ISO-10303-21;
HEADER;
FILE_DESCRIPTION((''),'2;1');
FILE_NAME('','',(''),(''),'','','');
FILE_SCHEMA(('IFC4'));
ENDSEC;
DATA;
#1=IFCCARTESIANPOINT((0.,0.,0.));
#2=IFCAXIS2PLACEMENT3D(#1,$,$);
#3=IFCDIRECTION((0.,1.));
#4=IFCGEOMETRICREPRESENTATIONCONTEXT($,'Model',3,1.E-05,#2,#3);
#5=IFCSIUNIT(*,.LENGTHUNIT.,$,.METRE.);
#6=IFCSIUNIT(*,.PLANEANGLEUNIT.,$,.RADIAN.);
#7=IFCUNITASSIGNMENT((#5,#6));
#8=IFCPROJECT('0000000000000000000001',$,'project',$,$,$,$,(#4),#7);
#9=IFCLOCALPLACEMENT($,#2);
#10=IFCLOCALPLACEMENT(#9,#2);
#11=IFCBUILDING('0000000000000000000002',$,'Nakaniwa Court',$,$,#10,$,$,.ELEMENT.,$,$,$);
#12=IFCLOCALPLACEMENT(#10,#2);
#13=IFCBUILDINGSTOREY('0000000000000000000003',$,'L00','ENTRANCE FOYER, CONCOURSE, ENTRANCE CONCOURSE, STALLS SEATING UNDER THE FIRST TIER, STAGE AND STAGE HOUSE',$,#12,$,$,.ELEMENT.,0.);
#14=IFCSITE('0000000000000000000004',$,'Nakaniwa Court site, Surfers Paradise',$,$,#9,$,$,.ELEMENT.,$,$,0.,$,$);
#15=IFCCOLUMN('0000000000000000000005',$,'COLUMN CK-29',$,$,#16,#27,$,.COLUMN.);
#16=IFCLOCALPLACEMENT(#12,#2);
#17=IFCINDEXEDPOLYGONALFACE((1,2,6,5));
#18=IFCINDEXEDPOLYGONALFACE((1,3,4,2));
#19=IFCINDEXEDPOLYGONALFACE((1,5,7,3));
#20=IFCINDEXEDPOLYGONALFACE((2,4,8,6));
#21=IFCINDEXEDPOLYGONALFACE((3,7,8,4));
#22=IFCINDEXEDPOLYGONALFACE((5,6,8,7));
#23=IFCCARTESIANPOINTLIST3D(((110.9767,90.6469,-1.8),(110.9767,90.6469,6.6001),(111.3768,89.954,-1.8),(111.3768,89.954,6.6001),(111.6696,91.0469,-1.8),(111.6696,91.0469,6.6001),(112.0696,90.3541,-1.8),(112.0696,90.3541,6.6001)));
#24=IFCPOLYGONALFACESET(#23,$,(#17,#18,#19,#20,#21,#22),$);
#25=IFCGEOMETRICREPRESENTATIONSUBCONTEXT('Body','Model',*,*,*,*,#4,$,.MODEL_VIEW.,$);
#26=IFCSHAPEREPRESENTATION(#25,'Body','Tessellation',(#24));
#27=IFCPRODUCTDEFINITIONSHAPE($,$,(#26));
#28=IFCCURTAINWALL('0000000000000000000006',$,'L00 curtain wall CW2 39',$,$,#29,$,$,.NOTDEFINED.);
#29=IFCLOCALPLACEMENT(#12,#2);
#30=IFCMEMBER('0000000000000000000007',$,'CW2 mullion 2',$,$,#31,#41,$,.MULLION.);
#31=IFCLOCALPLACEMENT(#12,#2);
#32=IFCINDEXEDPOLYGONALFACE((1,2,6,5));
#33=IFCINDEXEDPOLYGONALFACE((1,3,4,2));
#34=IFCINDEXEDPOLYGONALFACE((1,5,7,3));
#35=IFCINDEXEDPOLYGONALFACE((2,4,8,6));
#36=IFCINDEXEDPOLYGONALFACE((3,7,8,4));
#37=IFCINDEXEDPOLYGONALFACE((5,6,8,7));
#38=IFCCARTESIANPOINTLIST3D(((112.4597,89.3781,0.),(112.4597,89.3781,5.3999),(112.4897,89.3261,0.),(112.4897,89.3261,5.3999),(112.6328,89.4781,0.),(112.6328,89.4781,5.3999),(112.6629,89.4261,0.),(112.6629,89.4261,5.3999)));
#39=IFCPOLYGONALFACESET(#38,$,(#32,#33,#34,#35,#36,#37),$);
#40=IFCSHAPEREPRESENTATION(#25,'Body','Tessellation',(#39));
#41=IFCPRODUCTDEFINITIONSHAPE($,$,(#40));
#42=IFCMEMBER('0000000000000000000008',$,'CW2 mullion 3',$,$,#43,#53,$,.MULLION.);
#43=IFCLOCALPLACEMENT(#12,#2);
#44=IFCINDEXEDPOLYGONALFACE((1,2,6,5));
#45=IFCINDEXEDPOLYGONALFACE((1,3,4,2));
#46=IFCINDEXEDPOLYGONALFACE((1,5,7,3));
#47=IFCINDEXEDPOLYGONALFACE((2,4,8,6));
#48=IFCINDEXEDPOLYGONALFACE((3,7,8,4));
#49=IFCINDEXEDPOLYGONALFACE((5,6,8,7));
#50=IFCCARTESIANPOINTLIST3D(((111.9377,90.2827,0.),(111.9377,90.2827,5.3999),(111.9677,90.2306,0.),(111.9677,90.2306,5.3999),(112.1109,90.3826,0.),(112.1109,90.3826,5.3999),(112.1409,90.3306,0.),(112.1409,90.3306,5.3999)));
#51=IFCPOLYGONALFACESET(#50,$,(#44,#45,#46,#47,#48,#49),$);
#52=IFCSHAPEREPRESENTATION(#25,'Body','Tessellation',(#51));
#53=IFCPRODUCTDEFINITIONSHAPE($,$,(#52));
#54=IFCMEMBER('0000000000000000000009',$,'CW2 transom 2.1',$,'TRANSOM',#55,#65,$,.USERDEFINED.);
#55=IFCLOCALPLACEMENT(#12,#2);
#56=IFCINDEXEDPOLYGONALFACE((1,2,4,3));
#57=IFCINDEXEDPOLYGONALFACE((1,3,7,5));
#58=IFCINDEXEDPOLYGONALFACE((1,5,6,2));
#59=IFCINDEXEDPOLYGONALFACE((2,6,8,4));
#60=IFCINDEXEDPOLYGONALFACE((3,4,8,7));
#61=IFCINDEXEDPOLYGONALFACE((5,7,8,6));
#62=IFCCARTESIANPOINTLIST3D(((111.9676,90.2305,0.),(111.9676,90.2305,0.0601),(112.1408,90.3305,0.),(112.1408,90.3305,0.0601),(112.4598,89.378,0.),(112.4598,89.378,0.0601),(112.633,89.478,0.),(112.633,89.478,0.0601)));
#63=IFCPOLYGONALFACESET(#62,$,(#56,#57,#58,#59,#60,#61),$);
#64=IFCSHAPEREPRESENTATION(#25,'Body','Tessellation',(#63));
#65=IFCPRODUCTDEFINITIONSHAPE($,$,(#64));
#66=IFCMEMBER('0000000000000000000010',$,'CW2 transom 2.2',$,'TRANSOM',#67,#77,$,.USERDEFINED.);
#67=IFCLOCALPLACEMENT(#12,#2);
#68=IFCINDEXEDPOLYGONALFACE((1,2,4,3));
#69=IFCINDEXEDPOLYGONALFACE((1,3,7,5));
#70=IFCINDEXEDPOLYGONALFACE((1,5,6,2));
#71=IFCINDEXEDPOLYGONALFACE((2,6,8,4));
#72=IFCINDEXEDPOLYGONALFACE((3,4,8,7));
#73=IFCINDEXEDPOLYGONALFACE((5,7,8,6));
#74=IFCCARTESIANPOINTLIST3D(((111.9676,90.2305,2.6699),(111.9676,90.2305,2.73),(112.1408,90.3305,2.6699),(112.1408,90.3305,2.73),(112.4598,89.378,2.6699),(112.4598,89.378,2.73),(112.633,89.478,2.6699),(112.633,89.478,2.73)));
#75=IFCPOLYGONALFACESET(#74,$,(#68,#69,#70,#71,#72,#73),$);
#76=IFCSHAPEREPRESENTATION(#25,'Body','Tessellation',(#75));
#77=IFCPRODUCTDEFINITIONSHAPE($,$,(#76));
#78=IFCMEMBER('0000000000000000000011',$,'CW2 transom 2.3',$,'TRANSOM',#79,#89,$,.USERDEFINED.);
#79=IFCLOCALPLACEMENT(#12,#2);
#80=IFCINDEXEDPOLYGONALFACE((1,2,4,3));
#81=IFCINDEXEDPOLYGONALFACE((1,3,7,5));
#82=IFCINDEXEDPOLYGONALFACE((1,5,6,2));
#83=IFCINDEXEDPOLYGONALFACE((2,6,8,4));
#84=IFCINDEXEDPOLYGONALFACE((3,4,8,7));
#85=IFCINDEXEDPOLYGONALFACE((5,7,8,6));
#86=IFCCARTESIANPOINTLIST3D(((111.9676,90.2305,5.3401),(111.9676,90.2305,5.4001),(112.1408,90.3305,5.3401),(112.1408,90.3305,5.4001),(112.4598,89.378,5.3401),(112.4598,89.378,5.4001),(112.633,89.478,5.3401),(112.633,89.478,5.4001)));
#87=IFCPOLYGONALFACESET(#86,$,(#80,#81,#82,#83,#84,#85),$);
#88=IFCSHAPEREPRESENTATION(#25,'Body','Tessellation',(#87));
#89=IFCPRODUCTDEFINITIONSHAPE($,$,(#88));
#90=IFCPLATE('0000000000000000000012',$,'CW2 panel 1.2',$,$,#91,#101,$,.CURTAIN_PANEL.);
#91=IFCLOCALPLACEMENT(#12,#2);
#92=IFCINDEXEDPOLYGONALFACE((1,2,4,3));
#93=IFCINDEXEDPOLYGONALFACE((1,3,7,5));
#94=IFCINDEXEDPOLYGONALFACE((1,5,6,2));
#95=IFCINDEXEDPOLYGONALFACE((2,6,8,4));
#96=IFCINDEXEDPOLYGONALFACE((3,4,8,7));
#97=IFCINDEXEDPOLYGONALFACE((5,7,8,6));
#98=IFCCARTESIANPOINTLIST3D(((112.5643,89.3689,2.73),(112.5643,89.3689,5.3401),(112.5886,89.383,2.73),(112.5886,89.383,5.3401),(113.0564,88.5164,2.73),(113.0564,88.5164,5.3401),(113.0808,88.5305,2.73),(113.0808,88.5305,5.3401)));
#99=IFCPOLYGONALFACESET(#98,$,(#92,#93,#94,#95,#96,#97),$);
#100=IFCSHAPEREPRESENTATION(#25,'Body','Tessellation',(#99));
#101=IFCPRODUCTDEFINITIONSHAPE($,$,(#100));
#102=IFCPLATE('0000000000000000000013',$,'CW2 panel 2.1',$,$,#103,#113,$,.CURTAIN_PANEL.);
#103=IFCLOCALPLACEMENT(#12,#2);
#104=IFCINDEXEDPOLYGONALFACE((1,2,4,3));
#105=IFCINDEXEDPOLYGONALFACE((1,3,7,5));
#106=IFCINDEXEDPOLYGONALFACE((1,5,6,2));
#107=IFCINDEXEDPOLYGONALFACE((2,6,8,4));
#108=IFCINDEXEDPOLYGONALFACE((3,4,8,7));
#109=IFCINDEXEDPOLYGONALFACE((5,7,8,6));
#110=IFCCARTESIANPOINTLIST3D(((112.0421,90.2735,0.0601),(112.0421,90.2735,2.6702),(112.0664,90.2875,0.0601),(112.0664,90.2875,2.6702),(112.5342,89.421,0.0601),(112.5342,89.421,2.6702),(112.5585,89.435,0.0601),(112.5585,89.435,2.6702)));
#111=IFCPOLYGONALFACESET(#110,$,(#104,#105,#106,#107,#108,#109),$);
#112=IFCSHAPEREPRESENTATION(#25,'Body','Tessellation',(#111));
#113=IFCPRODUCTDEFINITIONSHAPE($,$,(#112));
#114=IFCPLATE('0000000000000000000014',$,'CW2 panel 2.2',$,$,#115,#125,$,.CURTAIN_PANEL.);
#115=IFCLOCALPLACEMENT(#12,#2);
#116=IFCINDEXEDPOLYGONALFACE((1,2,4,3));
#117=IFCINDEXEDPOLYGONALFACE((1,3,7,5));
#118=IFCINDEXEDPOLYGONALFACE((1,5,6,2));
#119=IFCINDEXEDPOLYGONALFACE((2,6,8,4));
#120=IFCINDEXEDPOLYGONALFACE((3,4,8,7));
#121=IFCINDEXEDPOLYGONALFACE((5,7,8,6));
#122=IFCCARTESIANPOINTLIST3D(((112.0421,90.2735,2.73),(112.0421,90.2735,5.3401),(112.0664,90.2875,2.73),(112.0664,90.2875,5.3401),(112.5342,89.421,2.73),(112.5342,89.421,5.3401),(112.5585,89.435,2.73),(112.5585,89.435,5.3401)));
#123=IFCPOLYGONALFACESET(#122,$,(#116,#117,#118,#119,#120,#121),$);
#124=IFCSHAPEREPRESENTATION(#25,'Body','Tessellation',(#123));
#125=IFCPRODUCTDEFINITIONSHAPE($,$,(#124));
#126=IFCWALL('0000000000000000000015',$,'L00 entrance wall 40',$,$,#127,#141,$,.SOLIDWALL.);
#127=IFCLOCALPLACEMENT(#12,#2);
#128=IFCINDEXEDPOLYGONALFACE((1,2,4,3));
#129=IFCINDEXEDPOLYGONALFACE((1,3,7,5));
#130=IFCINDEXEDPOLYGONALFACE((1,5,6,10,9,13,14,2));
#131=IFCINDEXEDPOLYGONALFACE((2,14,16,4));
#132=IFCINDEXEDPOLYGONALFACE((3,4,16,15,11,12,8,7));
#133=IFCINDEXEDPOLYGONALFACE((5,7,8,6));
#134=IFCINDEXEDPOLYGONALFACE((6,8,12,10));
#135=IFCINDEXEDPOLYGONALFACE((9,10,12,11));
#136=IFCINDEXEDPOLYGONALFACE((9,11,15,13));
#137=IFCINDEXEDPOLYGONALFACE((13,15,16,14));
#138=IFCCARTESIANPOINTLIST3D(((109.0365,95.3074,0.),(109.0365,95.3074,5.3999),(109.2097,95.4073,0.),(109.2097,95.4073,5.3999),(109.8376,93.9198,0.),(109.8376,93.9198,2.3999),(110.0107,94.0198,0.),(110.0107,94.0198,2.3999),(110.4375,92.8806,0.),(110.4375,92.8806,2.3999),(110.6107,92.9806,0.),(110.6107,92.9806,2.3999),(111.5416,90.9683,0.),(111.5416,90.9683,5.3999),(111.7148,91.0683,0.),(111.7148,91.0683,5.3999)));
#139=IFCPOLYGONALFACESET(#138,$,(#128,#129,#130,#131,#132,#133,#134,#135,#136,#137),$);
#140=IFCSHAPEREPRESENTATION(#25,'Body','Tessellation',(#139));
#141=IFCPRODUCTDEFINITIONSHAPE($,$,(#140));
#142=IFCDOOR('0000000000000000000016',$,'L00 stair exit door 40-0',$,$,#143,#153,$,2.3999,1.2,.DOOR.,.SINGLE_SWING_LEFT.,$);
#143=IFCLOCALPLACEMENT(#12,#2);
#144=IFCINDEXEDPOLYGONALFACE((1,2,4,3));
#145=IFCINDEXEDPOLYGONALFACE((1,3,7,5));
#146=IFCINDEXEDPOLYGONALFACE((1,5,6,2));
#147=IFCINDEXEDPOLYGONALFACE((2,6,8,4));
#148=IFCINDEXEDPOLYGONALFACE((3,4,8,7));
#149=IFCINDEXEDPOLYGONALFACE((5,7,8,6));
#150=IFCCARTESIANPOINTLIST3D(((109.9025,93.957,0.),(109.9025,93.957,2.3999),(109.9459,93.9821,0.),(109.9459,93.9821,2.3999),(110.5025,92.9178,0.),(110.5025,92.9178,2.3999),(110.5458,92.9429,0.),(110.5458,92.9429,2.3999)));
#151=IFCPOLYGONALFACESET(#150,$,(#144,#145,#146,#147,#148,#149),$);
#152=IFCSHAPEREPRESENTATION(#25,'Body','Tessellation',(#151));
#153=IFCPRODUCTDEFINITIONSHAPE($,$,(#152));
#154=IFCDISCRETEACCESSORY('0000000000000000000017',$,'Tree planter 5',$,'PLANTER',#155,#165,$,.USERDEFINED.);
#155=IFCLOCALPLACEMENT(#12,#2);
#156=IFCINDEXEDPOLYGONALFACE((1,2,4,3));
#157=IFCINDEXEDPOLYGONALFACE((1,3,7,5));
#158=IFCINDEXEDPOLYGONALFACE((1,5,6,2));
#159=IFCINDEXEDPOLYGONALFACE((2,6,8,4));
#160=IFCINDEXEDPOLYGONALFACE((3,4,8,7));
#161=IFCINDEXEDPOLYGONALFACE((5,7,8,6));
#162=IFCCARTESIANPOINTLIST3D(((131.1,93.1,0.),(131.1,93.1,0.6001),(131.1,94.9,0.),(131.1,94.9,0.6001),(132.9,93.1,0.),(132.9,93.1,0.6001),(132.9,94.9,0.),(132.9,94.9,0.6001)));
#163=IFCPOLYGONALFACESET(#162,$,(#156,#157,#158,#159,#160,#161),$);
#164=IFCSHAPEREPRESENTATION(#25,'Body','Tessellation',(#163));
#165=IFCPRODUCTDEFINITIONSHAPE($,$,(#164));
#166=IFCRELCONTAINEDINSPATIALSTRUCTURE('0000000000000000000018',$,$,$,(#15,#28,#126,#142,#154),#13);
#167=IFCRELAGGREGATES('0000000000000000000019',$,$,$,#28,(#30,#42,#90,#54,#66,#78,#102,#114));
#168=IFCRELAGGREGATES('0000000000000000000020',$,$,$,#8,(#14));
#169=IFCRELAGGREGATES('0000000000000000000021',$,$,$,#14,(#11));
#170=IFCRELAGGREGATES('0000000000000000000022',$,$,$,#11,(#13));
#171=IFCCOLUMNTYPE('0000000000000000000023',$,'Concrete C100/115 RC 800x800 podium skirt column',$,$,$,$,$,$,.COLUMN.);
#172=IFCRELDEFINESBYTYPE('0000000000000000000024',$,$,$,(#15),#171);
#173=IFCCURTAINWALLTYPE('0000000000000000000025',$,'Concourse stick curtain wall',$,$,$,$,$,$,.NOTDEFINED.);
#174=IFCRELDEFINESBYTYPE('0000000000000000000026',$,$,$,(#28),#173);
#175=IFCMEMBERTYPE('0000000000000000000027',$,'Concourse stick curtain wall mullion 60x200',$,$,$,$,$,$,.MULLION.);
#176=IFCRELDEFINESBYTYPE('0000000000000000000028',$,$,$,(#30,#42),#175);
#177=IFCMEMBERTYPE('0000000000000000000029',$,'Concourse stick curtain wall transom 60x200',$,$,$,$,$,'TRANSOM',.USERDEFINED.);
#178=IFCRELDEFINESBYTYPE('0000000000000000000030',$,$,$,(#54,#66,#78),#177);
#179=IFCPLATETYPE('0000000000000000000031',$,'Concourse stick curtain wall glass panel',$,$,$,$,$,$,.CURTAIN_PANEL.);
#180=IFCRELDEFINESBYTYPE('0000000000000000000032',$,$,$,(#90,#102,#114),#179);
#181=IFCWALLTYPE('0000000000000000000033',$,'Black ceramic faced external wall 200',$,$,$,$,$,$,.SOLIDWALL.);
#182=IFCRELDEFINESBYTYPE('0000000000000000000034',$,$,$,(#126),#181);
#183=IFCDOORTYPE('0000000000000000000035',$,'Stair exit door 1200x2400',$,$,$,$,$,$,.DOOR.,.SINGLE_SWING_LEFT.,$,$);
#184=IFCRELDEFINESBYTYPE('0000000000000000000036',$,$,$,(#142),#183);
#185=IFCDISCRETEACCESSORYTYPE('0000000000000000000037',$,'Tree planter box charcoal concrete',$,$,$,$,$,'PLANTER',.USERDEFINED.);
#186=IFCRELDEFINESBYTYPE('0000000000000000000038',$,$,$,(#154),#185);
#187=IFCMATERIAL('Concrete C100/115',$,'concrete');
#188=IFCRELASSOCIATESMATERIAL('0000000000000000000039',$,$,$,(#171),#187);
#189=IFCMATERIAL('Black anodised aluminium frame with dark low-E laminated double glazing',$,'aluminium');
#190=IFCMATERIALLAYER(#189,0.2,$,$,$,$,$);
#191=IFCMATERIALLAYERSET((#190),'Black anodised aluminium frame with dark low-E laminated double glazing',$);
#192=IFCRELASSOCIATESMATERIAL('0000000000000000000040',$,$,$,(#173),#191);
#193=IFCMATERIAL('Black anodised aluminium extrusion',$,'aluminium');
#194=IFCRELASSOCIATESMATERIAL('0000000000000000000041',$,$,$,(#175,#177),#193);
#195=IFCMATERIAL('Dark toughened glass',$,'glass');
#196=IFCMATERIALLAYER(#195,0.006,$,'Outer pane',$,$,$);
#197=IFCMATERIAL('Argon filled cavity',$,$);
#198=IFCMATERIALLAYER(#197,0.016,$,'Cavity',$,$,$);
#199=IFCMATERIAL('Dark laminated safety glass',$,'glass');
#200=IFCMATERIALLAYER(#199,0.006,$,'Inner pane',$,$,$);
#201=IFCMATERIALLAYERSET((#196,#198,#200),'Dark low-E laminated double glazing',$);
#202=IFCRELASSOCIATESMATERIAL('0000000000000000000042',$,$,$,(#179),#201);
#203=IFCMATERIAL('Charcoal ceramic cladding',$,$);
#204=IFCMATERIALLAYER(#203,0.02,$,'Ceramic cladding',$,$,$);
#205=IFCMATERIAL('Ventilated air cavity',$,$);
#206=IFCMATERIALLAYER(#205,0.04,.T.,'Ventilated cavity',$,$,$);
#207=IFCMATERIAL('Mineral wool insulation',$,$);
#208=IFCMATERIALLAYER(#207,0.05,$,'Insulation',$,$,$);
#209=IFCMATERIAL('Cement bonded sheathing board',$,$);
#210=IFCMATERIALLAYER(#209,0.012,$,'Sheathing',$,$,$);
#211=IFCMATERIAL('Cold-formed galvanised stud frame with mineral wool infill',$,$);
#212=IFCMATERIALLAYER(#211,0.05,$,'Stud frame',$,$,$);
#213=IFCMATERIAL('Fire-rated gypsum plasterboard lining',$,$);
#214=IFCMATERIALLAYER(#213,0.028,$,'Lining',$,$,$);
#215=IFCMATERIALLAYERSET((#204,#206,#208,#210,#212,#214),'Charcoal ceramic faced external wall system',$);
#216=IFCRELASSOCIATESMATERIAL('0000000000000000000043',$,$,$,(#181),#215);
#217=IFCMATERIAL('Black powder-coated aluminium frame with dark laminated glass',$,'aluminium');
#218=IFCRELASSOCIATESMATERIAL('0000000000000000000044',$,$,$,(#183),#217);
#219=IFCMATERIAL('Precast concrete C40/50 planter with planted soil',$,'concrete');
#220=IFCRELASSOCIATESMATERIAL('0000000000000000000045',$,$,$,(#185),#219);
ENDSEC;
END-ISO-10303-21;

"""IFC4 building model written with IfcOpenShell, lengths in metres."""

from ifc_helpers import new_model, si_unit, direction, frame, frame_2d, origin, origin_2d, place, context, subcontext, project, spatial, rectangle, extrude, material, layer, layer_set, material_profile, profile_set, type_object, element, fill, aggregate, save


model = new_model("IFC4")

# Units and contexts
model_context = context("Model", 3, precision=1e-05, world=origin(), true_north=direction((0.0, 1.0)))
body_context = subcontext(model_context, "Body", "Model", "MODEL_VIEW")
ifc_project = project(units=[si_unit("LENGTHUNIT", "METRE"), si_unit("PLANEANGLEUNIT", "RADIAN")], contexts=[model_context])

# Site, building, storey
site_placement = place(None, origin())
site = spatial("IfcSite", under=ifc_project, at=site_placement, Name="Nakaniwa Court site, Surfers Paradise", CompositionType="ELEMENT", RefElevation=0.0)
building_placement = place(site_placement, origin())
building = spatial("IfcBuilding", under=site, at=building_placement, Name="Nakaniwa Court", CompositionType="ELEMENT")
storey_placement = place(building_placement, origin())
storey = spatial("IfcBuildingStorey", under=building, at=storey_placement, Name="L00", Description="ENTRANCE FOYER, CONCOURSE, ENTRANCE CONCOURSE, STALLS SEATING UNDER THE FIRST TIER, STAGE AND STAGE HOUSE", CompositionType="ELEMENT", Elevation=0.0)

# Column
ifc_material_1 = material(Name="Concrete C100/115", Category="concrete")
ifc_material_profile_1 = material_profile(ifc_material_1, rectangle(XDim=0.8, YDim=0.8, at=origin_2d()), Name="Concrete C100/115 RC 800x800 podium skirt column")
ifc_profile_set_1 = profile_set([ifc_material_profile_1], Name="Concrete C100/115")
column_type = type_object("IfcColumnType", Name="Concrete C100/115 RC 800x800 podium skirt column", PredefinedType="COLUMN", material=ifc_profile_set_1)
column_placement = place(storey_placement, frame((111.5232, 90.5005, -1.8), z_axis=(0.0, 0.0, 1.0), x_axis=(-0.5, 0.866025, 0.0)))
element("IfcColumn", 1, at=column_placement, inside=storey, type_object=column_type, Name="COLUMN CK-29", PredefinedType="COLUMN", context=body_context, shape_type="SweptSolid", body=[
    extrude(rectangle(XDim=0.8, YDim=0.8, at=origin_2d()), origin(), (0.0, 0.0, 1.0), 8.4001),
])

# Curtain wall, members, plates
ifc_material_2 = material(Name="Black anodised aluminium frame with dark low-E laminated double glazing", Category="aluminium")
ifc_layer_1 = layer(ifc_material_2, 0.2)
ifc_layer_set_1 = layer_set([ifc_layer_1], Name="Black anodised aluminium frame with dark low-E laminated double glazing")
curtain_wall_type = type_object("IfcCurtainWallType", Name="Concourse stick curtain wall", PredefinedType="NOTDEFINED", material=ifc_layer_set_1)
curtain_wall_placement = place(storey_placement, origin())
curtain_wall = element("IfcCurtainWall", 2, at=curtain_wall_placement, inside=storey, type_object=curtain_wall_type, Name="L00 curtain wall CW2 39", PredefinedType="NOTDEFINED")
ifc_material_3 = material(Name="Black anodised aluminium extrusion", Category="aluminium")
ifc_material_profile_2 = material_profile(ifc_material_3, rectangle(XDim=0.2, YDim=0.0601, at=origin_2d()), Name="Concourse stick curtain wall mullion 60x200")
ifc_profile_set_2 = profile_set([ifc_material_profile_2], Name="Black anodised aluminium extrusion")
member_type_1 = type_object("IfcMemberType", Name="Concourse stick curtain wall mullion 60x200", PredefinedType="MULLION", material=ifc_profile_set_2)
member_1_placement = place(storey_placement, frame((112.5613, 89.4021, 0.0), z_axis=(0.0, 0.0, 1.0), x_axis=(-0.866035, -0.499983, 0.0)))
member_1 = element("IfcMember", 3, at=member_1_placement, type_object=member_type_1, Name="CW2 mullion 2", PredefinedType="MULLION", context=body_context, shape_type="SweptSolid", body=[
    extrude(rectangle(XDim=0.2, YDim=0.0601, at=origin_2d()), origin(), (0.0, 0.0, 1.0), 5.3999),
])
member_2_placement = place(storey_placement, frame((112.0393, 90.3066, 0.0), z_axis=(0.0, 0.0, 1.0), x_axis=(-0.866035, -0.499983, 0.0)))
member_2 = element("IfcMember", 4, at=member_2_placement, type_object=member_type_1, Name="CW2 mullion 3", PredefinedType="MULLION", context=body_context, shape_type="SweptSolid", body=[
    extrude(rectangle(XDim=0.2, YDim=0.0601, at=origin_2d()), origin(), (0.0, 0.0, 1.0), 5.3999),
])
ifc_material_profile_3 = material_profile(ifc_material_3, rectangle(XDim=0.2, YDim=0.0601, at=origin_2d()), Name="Concourse stick curtain wall transom 60x200")
ifc_profile_set_3 = profile_set([ifc_material_profile_3], Name="Black anodised aluminium extrusion")
member_type_2 = type_object("IfcMemberType", Name="Concourse stick curtain wall transom 60x200", ElementType="TRANSOM", PredefinedType="USERDEFINED", material=ifc_profile_set_3)
member_3_placement = place(storey_placement, frame((112.5464, 89.428, 0.03), z_axis=(-0.49998, 0.866037, 0.0), x_axis=(-0.866037, -0.49998, 0.0)))
member_3 = element("IfcMember", 5, at=member_3_placement, type_object=member_type_2, Name="CW2 transom 2.1", ObjectType="TRANSOM", PredefinedType="USERDEFINED", context=body_context, shape_type="SweptSolid", body=[
    extrude(rectangle(XDim=0.2, YDim=0.0601, at=origin_2d()), origin(), (0.0, 0.0, 1.0), 0.9844),
])
member_4_placement = place(storey_placement, frame((112.5464, 89.428, 2.7), z_axis=(-0.49998, 0.866037, 0.0), x_axis=(-0.866037, -0.49998, 0.0)))
member_4 = element("IfcMember", 6, at=member_4_placement, type_object=member_type_2, Name="CW2 transom 2.2", ObjectType="TRANSOM", PredefinedType="USERDEFINED", context=body_context, shape_type="SweptSolid", body=[
    extrude(rectangle(XDim=0.2, YDim=0.0601, at=origin_2d()), origin(), (0.0, 0.0, 1.0), 0.9844),
])
member_5_placement = place(storey_placement, frame((112.5464, 89.428, 5.3701), z_axis=(-0.49998, 0.866037, 0.0), x_axis=(-0.866037, -0.49998, 0.0)))
member_5 = element("IfcMember", 7, at=member_5_placement, type_object=member_type_2, Name="CW2 transom 2.3", ObjectType="TRANSOM", PredefinedType="USERDEFINED", context=body_context, shape_type="SweptSolid", body=[
    extrude(rectangle(XDim=0.2, YDim=0.0601, at=origin_2d()), origin(), (0.0, 0.0, 1.0), 0.9844),
])
ifc_material_4 = material(Name="Dark toughened glass", Category="glass")
ifc_layer_2 = layer(ifc_material_4, 0.006, Name="Outer pane")
ifc_material_5 = material(Name="Argon filled cavity")
ifc_layer_3 = layer(ifc_material_5, 0.016, Name="Cavity")
ifc_material_6 = material(Name="Dark laminated safety glass", Category="glass")
ifc_layer_4 = layer(ifc_material_6, 0.006, Name="Inner pane")
ifc_layer_set_2 = layer_set([ifc_layer_2, ifc_layer_3, ifc_layer_4], Name="Dark low-E laminated double glazing")
plate_type = type_object("IfcPlateType", Name="Concourse stick curtain wall glass panel", PredefinedType="CURTAIN_PANEL", material=ifc_layer_set_2)
plate_1_placement = place(storey_placement, frame((112.8225, 88.9497, 2.73), z_axis=(0.0, 0.0, 1.0), x_axis=(-0.499983, 0.866035, 0.0)))
plate_1 = element("IfcPlate", 8, at=plate_1_placement, type_object=plate_type, Name="CW2 panel 1.2", PredefinedType="CURTAIN_PANEL", context=body_context, shape_type="SweptSolid", body=[
    extrude(rectangle(XDim=0.9844, YDim=0.0281, at=origin_2d()), origin(), (0.0, 0.0, 1.0), 2.6101),
])
plate_2_placement = place(storey_placement, frame((112.3003, 89.8542, 0.0601), z_axis=(0.0, 0.0, 1.0), x_axis=(-0.499983, 0.866035, 0.0)))
plate_2 = element("IfcPlate", 9, at=plate_2_placement, type_object=plate_type, Name="CW2 panel 2.1", PredefinedType="CURTAIN_PANEL", context=body_context, shape_type="SweptSolid", body=[
    extrude(rectangle(XDim=0.9844, YDim=0.0281, at=origin_2d()), origin(), (0.0, 0.0, 1.0), 2.6101),
])
plate_3_placement = place(storey_placement, frame((112.3003, 89.8542, 2.73), z_axis=(0.0, 0.0, 1.0), x_axis=(-0.499983, 0.866035, 0.0)))
plate_3 = element("IfcPlate", 10, at=plate_3_placement, type_object=plate_type, Name="CW2 panel 2.2", PredefinedType="CURTAIN_PANEL", context=body_context, shape_type="SweptSolid", body=[
    extrude(rectangle(XDim=0.9844, YDim=0.0281, at=origin_2d()), origin(), (0.0, 0.0, 1.0), 2.6101),
])
aggregate(curtain_wall, [member_1, member_2, plate_1, member_3, member_4, member_5, plate_2, plate_3])

# Wall, opening, door
ifc_material_7 = material(Name="Charcoal ceramic cladding")
ifc_layer_5 = layer(ifc_material_7, 0.02, Name="Ceramic cladding")
ifc_material_8 = material(Name="Ventilated air cavity")
ifc_layer_6 = layer(ifc_material_8, 0.04, ventilated=True, Name="Ventilated cavity")
ifc_material_9 = material(Name="Mineral wool insulation")
ifc_layer_7 = layer(ifc_material_9, 0.05, Name="Insulation")
ifc_material_10 = material(Name="Cement bonded sheathing board")
ifc_layer_8 = layer(ifc_material_10, 0.012, Name="Sheathing")
ifc_material_11 = material(Name="Cold-formed galvanised stud frame with mineral wool infill")
ifc_layer_9 = layer(ifc_material_11, 0.05, Name="Stud frame")
ifc_material_12 = material(Name="Fire-rated gypsum plasterboard lining")
ifc_layer_10 = layer(ifc_material_12, 0.028, Name="Lining")
ifc_layer_set_3 = layer_set([ifc_layer_5, ifc_layer_6, ifc_layer_7, ifc_layer_8, ifc_layer_9, ifc_layer_10], Name="Charcoal ceramic faced external wall system")
wall_type = type_object("IfcWallType", Name="Black ceramic faced external wall 200", PredefinedType="SOLIDWALL", material=ifc_layer_set_3)
wall_placement = place(storey_placement, frame((111.6282, 91.0183, 0.0), z_axis=(0.0, 0.0, 1.0), x_axis=(-0.499991, 0.866031, 0.0)))
wall = element("IfcWall", 11, at=wall_placement, inside=storey, type_object=wall_type, Name="L00 entrance wall 40", PredefinedType="SOLIDWALL", context=body_context, shape_type="SweptSolid", body=[
    extrude(rectangle(XDim=5.0103, YDim=0.2, at=frame_2d((2.5051, 0.0))), origin(), (0.0, 0.0, 1.0), 5.3999),
])
opening_placement = place(wall_placement, frame((2.208, 0.0, 0.0)))
opening = element("IfcOpeningElement", 12, at=opening_placement, cuts=wall, PredefinedType="OPENING", context=body_context, shape_type="SweptSolid", body=[
    extrude(rectangle(XDim=1.2, YDim=2.3999, at=frame_2d((0.6001, 1.2))), frame((0.0, 0.1099, 0.0), z_axis=(0.0, -1.0, 0.0), x_axis=(1.0, 0.0, 0.0)), (0.0, 0.0, 1.0), 0.22),
])
ifc_material_13 = material(Name="Black powder-coated aluminium frame with dark laminated glass", Category="aluminium")
door_type = type_object("IfcDoorType", Name="Stair exit door 1200x2400", OperationType="SINGLE_SWING_LEFT", PredefinedType="DOOR", material=ifc_material_13)
door_placement = place(opening_placement, frame((1.2, 0.0, 0.0), z_axis=(0.0, 0.0, 1.0), x_axis=(-1.0, 0.0, 0.0)))
door = element("IfcDoor", 13, at=door_placement, inside=storey, type_object=door_type, Name="L00 stair exit door 40-0", OperationType="SINGLE_SWING_LEFT", OverallHeight=2.3999, OverallWidth=1.2, PredefinedType="DOOR", context=body_context, shape_type="SweptSolid", body=[
    extrude(rectangle(XDim=1.2, YDim=2.3999, at=frame_2d((0.6001, 1.2))), frame((0.0, 0.0249, 0.0), z_axis=(0.0, -1.0, 0.0), x_axis=(1.0, 0.0, 0.0)), (0.0, 0.0, 1.0), 0.05),
])
fill(opening, door)

# Discrete accessory
ifc_material_14 = material(Name="Precast concrete C40/50 planter with planted soil", Category="concrete")
discrete_accessory_type = type_object("IfcDiscreteAccessoryType", Name="Tree planter box charcoal concrete", ElementType="PLANTER", PredefinedType="USERDEFINED", material=ifc_material_14)
for number, where, z_axis, x_axis, name in (
    (14, (132.0, 94.0, 0.0), (0.0, 0.0, 1.0), (1.0, 0.0, 0.0), "Tree planter 5"),
):
    element("IfcDiscreteAccessory", number, at=place(storey_placement, frame(where, z_axis=z_axis, x_axis=x_axis)), inside=storey, type_object=discrete_accessory_type, Name=name, ObjectType="PLANTER", PredefinedType="USERDEFINED", context=body_context, shape_type="SweptSolid", body=[
        extrude(rectangle(XDim=1.8, YDim=1.8, at=origin_2d()), origin(), (0.0, 0.0, 1.0), 0.6001),
    ])

save(model, "model.ifc")
